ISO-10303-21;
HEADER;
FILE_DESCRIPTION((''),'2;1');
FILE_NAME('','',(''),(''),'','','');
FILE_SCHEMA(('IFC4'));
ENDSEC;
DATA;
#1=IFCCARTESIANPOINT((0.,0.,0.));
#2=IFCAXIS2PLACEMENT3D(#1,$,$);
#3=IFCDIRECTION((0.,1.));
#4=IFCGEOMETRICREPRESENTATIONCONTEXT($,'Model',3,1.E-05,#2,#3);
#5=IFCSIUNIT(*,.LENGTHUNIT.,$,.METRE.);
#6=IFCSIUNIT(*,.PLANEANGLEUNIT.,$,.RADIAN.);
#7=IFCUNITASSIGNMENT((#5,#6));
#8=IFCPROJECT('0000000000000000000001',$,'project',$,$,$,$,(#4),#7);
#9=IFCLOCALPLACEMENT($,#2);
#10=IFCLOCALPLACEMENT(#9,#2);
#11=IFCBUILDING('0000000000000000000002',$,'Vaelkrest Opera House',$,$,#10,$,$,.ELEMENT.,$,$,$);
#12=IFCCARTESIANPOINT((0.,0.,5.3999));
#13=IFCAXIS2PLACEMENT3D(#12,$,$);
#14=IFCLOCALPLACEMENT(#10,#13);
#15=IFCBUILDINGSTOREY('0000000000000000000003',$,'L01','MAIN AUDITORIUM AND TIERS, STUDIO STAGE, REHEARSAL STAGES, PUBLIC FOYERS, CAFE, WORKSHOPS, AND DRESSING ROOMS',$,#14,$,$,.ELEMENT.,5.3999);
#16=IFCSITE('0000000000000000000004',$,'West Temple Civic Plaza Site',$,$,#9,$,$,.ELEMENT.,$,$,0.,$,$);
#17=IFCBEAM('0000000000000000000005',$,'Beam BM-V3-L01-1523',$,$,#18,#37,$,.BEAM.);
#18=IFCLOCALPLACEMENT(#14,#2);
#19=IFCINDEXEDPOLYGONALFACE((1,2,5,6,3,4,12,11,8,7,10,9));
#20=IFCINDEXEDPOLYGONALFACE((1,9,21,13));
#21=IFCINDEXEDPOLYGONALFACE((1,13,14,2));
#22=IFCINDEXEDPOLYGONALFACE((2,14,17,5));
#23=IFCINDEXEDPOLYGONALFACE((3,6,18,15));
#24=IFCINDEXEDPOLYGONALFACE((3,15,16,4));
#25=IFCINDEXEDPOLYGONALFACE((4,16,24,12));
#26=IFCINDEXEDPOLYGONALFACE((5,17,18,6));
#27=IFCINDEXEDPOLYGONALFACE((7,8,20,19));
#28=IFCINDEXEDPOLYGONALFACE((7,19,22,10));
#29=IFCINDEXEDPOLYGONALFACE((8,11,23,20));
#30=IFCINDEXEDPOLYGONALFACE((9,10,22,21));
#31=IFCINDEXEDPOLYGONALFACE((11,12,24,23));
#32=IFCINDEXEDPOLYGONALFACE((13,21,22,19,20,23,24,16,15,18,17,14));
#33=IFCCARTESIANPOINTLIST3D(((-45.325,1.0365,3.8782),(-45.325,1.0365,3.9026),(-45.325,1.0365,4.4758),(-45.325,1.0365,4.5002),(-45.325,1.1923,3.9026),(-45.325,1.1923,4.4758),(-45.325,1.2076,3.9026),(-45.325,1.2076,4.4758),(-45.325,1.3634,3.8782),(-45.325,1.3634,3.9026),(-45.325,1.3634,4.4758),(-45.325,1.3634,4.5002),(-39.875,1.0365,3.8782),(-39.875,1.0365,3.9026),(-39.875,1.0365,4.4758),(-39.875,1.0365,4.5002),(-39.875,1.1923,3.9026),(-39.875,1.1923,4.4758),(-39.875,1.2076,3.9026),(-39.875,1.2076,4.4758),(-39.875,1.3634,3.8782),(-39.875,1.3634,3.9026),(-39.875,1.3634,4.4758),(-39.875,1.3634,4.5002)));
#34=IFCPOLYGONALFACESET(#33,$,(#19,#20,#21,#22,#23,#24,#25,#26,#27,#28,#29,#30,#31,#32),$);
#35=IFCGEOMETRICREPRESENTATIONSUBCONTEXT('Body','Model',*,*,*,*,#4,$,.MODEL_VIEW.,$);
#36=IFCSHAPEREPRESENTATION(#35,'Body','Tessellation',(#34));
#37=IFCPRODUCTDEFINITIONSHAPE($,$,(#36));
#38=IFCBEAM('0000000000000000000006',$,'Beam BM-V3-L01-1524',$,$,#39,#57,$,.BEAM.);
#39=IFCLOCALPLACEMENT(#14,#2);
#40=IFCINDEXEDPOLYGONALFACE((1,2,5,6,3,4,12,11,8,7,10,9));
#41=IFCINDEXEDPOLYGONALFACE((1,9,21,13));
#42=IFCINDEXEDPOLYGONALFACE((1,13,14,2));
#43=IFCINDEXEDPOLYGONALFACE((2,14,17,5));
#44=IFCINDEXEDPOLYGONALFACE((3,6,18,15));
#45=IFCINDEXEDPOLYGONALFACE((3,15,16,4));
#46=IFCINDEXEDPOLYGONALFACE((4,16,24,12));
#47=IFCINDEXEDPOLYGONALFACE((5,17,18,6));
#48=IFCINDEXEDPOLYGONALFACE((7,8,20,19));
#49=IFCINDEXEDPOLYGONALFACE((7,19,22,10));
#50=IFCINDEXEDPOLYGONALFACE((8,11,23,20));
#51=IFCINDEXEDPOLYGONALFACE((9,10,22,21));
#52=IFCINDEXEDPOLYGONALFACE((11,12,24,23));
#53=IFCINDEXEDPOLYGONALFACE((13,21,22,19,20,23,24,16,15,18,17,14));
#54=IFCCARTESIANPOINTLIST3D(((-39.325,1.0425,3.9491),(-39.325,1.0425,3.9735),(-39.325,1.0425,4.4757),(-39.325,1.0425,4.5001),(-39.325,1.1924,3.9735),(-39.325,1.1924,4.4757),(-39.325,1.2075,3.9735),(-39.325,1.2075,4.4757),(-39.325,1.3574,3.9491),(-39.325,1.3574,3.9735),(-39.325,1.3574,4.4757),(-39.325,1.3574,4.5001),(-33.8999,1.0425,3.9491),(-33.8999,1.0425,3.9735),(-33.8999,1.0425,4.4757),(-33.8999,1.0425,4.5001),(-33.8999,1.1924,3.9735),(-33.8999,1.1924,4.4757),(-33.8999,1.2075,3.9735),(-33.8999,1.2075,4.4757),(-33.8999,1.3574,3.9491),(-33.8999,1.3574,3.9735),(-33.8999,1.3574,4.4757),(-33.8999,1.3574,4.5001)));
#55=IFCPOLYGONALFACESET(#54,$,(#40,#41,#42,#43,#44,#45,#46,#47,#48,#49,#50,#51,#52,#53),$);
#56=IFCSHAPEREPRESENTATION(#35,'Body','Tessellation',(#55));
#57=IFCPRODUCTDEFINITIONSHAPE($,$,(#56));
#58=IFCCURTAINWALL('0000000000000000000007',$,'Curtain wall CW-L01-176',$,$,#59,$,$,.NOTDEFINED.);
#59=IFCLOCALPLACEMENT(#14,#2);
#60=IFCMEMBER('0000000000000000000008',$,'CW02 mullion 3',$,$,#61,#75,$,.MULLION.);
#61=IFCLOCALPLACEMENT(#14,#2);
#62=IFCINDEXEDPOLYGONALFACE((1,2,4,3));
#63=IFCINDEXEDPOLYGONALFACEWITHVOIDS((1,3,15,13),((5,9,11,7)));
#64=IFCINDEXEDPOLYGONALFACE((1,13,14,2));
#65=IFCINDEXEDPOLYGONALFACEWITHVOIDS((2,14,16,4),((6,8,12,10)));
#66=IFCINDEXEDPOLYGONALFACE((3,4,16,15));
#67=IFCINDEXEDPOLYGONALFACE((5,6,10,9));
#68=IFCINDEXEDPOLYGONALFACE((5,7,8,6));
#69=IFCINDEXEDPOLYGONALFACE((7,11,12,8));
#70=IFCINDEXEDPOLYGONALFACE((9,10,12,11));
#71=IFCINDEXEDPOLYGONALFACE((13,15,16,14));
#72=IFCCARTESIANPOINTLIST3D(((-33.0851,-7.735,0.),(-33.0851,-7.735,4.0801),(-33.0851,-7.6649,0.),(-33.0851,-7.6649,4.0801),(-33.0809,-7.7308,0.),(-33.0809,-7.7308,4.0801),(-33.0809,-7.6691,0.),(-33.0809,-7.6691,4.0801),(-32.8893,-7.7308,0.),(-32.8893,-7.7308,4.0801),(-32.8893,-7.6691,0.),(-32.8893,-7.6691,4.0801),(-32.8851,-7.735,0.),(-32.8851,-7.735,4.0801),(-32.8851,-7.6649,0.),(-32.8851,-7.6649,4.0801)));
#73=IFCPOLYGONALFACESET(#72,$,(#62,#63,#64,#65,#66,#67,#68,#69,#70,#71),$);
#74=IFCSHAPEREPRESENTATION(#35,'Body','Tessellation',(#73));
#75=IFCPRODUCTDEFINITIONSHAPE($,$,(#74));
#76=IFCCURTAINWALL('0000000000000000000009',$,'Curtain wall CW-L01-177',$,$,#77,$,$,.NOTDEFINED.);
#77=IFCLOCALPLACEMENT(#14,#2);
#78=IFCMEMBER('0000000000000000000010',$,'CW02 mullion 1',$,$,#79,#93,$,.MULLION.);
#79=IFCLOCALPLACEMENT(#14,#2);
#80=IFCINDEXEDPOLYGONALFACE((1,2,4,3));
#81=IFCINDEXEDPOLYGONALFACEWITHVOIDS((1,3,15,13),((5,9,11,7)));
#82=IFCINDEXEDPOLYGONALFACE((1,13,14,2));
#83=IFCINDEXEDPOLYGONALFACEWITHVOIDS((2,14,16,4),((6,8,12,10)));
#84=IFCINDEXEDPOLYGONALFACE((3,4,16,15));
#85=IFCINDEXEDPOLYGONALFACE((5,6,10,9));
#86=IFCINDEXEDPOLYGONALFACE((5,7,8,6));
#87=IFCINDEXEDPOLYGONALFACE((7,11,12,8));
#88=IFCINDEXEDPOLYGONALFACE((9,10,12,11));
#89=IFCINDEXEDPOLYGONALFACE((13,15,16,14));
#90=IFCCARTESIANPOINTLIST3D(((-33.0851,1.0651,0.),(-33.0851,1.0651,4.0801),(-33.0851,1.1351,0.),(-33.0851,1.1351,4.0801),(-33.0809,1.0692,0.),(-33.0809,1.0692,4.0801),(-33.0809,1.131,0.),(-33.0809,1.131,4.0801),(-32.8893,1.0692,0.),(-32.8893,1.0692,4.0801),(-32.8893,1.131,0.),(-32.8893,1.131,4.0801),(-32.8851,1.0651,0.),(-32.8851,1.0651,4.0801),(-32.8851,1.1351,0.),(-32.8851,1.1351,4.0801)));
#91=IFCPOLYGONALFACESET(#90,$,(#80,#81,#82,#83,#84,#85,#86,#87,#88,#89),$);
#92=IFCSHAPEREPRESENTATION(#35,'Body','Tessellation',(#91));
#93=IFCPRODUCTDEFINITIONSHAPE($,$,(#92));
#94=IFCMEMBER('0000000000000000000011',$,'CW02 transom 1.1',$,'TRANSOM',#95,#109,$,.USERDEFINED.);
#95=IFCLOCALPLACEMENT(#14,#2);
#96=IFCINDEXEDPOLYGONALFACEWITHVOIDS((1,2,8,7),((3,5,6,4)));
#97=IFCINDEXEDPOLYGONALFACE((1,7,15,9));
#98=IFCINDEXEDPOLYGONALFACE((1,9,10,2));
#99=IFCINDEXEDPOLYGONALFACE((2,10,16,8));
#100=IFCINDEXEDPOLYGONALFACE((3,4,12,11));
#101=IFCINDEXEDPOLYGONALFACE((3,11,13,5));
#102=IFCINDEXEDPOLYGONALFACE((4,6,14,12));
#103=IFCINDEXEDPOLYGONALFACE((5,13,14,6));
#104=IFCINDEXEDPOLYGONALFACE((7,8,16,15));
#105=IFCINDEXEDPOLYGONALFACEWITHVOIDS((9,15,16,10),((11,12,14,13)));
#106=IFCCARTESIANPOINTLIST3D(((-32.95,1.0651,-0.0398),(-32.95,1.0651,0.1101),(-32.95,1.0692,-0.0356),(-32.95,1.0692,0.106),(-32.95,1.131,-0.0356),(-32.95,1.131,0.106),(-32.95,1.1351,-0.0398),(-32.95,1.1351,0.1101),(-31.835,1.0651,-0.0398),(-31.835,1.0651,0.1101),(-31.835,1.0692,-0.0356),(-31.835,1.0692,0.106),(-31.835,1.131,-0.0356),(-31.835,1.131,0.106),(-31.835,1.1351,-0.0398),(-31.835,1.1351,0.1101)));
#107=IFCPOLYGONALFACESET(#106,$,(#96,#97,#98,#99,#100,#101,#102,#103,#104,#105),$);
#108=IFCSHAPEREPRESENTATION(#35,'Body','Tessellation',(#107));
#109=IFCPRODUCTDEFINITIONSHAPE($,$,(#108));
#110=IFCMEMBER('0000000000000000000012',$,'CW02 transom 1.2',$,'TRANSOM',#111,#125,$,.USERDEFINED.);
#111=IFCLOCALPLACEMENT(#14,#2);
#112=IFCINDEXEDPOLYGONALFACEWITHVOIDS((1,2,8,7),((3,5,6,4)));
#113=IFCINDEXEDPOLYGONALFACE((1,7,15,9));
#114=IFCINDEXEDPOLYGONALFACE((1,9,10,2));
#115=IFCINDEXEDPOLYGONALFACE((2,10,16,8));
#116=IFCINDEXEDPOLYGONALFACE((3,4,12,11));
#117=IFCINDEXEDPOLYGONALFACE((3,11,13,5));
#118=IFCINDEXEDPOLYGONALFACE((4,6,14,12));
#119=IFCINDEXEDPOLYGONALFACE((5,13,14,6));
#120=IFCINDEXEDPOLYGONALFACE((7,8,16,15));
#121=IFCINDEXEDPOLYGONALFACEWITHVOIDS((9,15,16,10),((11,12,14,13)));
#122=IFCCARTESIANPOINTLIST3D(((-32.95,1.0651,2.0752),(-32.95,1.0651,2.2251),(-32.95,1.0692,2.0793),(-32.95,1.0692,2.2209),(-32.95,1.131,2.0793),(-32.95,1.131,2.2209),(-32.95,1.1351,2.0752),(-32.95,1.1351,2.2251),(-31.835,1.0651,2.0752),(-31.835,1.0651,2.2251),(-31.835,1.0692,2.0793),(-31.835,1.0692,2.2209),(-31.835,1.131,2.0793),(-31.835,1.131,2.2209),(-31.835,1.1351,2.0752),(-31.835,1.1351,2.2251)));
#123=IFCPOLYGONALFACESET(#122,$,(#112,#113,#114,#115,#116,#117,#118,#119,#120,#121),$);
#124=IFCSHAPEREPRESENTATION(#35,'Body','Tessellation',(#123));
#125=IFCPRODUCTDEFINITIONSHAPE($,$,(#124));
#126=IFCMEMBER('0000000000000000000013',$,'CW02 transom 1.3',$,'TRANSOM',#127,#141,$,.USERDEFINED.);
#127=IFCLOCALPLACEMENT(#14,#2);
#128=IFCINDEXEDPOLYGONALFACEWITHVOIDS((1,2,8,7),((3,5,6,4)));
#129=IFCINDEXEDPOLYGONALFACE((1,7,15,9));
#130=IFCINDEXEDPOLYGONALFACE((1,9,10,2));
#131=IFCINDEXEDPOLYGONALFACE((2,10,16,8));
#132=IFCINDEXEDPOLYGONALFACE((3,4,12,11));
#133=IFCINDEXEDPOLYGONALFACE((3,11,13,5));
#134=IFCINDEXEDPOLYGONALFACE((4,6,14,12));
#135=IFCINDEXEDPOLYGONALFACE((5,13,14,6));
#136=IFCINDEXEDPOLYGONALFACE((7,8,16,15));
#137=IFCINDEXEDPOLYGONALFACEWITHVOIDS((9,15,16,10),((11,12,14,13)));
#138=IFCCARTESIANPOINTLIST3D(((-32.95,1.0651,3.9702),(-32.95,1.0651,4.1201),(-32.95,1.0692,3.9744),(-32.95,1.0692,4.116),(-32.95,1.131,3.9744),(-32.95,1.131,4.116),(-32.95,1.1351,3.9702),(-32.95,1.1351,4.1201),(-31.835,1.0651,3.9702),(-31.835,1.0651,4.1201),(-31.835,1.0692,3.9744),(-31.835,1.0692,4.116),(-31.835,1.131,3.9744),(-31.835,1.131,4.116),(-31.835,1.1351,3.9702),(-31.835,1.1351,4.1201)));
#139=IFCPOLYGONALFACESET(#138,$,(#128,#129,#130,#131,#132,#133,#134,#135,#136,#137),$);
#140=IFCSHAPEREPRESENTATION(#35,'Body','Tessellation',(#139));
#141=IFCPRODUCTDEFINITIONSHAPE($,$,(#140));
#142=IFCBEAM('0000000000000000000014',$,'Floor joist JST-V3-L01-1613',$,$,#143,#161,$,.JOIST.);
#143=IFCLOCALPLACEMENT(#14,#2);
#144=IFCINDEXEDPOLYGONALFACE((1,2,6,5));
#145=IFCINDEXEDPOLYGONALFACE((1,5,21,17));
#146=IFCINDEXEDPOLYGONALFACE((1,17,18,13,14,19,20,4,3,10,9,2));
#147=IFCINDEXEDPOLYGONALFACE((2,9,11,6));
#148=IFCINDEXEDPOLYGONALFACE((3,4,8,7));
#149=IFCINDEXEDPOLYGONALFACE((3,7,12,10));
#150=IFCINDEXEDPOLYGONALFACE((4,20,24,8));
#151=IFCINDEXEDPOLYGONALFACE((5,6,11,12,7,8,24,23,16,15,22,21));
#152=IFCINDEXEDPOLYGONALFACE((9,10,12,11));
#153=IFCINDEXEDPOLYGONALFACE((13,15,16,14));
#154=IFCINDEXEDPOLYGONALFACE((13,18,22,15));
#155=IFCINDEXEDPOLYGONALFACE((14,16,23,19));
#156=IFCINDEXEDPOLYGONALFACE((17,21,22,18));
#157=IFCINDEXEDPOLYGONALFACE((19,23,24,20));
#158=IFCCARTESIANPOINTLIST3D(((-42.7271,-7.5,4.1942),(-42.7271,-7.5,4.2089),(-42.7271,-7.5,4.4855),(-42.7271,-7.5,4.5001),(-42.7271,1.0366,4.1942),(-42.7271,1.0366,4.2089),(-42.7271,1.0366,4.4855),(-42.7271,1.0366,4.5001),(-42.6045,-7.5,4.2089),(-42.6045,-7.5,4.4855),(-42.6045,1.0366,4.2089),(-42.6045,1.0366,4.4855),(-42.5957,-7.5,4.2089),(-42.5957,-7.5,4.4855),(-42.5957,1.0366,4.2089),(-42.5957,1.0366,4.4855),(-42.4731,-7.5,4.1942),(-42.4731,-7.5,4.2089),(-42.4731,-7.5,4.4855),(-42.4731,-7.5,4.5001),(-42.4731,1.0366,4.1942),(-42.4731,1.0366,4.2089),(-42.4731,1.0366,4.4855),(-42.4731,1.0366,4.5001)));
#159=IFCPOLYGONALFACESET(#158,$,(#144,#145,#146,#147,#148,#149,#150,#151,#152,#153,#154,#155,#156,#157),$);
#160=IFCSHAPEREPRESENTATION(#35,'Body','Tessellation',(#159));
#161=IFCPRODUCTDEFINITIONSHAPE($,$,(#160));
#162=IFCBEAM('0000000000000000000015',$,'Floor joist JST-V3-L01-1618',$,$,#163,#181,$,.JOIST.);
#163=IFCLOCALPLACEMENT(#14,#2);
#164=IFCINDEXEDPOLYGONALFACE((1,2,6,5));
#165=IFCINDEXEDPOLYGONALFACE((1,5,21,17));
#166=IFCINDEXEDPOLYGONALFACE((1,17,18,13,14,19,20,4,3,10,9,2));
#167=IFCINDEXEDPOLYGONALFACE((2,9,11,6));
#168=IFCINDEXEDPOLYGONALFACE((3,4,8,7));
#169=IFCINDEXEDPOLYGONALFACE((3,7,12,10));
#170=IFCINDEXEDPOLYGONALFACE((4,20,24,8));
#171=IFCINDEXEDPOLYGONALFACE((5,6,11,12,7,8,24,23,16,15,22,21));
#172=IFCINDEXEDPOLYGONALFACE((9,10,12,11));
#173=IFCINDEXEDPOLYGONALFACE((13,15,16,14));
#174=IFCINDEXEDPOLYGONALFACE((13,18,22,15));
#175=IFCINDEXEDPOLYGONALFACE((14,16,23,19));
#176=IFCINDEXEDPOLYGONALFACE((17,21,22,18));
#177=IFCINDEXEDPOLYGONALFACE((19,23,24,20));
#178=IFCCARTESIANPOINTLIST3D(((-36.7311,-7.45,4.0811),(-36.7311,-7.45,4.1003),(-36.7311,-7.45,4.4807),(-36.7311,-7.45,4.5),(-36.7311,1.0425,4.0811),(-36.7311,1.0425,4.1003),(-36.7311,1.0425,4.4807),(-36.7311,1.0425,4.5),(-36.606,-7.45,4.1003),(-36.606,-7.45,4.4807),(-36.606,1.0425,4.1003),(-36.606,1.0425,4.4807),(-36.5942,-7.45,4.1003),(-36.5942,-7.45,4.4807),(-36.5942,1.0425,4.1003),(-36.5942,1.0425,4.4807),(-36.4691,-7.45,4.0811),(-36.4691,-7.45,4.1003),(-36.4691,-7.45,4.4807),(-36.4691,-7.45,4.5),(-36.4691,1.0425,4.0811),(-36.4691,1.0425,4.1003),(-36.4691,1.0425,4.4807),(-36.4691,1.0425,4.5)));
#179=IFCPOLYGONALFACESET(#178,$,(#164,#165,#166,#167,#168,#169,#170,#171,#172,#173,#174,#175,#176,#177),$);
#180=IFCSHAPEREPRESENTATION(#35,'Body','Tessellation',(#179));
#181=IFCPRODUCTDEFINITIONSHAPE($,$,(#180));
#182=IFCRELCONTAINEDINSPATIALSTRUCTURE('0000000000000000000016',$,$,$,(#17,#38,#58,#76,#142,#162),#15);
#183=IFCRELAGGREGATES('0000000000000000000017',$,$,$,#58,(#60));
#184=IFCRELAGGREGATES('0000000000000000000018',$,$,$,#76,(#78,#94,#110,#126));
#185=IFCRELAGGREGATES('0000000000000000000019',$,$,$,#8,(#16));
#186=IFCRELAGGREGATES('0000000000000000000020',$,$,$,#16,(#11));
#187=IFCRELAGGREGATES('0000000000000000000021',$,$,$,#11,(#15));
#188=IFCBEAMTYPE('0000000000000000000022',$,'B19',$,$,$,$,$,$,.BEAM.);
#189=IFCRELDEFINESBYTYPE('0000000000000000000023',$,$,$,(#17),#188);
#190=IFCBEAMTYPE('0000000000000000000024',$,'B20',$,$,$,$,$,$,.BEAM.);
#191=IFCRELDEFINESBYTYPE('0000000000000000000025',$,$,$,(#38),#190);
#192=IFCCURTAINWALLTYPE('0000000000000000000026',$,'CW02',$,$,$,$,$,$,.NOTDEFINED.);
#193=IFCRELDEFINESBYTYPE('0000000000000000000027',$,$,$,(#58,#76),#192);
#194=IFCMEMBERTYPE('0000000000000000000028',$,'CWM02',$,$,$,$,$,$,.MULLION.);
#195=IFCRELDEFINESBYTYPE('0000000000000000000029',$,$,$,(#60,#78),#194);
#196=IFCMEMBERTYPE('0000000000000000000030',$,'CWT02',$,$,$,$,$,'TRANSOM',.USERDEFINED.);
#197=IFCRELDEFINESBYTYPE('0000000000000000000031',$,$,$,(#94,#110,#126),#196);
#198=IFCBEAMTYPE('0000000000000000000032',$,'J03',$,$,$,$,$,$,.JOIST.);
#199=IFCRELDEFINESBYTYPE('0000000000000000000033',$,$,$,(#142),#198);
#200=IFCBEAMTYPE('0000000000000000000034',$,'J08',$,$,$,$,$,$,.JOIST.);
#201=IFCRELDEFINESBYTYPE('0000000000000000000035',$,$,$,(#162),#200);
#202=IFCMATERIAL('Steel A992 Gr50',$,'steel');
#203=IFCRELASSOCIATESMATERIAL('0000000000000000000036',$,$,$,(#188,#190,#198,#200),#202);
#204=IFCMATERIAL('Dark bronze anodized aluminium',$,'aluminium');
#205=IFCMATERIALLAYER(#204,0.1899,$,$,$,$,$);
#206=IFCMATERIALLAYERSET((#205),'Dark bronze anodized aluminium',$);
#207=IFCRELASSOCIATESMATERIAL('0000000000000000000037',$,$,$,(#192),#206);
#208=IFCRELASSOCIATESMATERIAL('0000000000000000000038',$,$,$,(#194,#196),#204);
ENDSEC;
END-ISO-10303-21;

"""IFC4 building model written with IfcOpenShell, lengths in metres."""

from ifc_helpers import new_model, si_unit, direction, frame, origin, origin_2d, place, context, subcontext, project, spatial, hollow_rectangle, i_section, extrude, material, layer, layer_set, material_profile, profile_set, type_object, element, aggregate, save


model = new_model("IFC4")

# Units and contexts
model_context = context("Model", 3, precision=1e-05, world=origin(), true_north=direction((0.0, 1.0)))
body_context = subcontext(model_context, "Body", "Model", "MODEL_VIEW")
ifc_project = project(units=[si_unit("LENGTHUNIT", "METRE"), si_unit("PLANEANGLEUNIT", "RADIAN")], contexts=[model_context])

# Site, building, storey
site_placement = place(None, origin())
site = spatial("IfcSite", under=ifc_project, at=site_placement, Name="West Temple Civic Plaza Site", CompositionType="ELEMENT", RefElevation=0.0)
building_placement = place(site_placement, origin())
building = spatial("IfcBuilding", under=site, at=building_placement, Name="Vaelkrest Opera House", CompositionType="ELEMENT")
storey_placement = place(building_placement, frame((0.0, 0.0, 5.3999)))
storey = spatial("IfcBuildingStorey", under=building, at=storey_placement, Name="L01", Description="MAIN AUDITORIUM AND TIERS, STUDIO STAGE, REHEARSAL STAGES, PUBLIC FOYERS, CAFE, WORKSHOPS, AND DRESSING ROOMS", CompositionType="ELEMENT", Elevation=5.3999)

# Beams
ifc_material_1 = material(Name="Steel A992 Gr50", Category="steel")
ifc_material_profile_1 = material_profile(ifc_material_1, i_section(OverallWidth=0.3269, OverallDepth=0.6221, WebThickness=0.0154, FlangeThickness=0.0244, at=origin_2d()), Name="W24X131")
ifc_profile_set_1 = profile_set([ifc_material_profile_1], Name="Steel A992 Gr50")
beam_type_1 = type_object("IfcBeamType", Name="B19", PredefinedType="BEAM", material=ifc_profile_set_1)
beam_1_placement = place(storey_placement, frame((-45.325, 1.2, 4.1892), z_axis=(1.0, 0.0, 0.0), x_axis=(0.0, 1.0, 0.0)))
element("IfcBeam", 1, at=beam_1_placement, inside=storey, type_object=beam_type_1, Name="Beam BM-V3-L01-1523", PredefinedType="BEAM", context=body_context, shape_type="SweptSolid", body=[
    extrude(i_section(OverallWidth=0.3269, OverallDepth=0.6221, WebThickness=0.0154, FlangeThickness=0.0244, at=origin_2d()), origin(), (0.0, 0.0, 1.0), 5.45),
])
ifc_material_profile_2 = material_profile(ifc_material_1, i_section(OverallWidth=0.3149, OverallDepth=0.551, WebThickness=0.0151, FlangeThickness=0.0244, at=origin_2d()), Name="W21X122")
ifc_profile_set_2 = profile_set([ifc_material_profile_2], Name="Steel A992 Gr50")
beam_type_2 = type_object("IfcBeamType", Name="B20", PredefinedType="BEAM", material=ifc_profile_set_2)
beam_2_placement = place(storey_placement, frame((-39.325, 1.2, 4.2246), z_axis=(1.0, 0.0, 0.0), x_axis=(0.0, 1.0, 0.0)))
element("IfcBeam", 2, at=beam_2_placement, inside=storey, type_object=beam_type_2, Name="Beam BM-V3-L01-1524", PredefinedType="BEAM", context=body_context, shape_type="SweptSolid", body=[
    extrude(i_section(OverallWidth=0.3149, OverallDepth=0.551, WebThickness=0.0151, FlangeThickness=0.0244, at=origin_2d()), origin(), (0.0, 0.0, 1.0), 5.425),
])

# Curtain wall, member
ifc_material_2 = material(Name="Dark bronze anodized aluminium", Category="aluminium")
ifc_layer_1 = layer(ifc_material_2, 0.1899)
ifc_layer_set_1 = layer_set([ifc_layer_1], Name="Dark bronze anodized aluminium")
curtain_wall_type = type_object("IfcCurtainWallType", Name="CW02", PredefinedType="NOTDEFINED", material=ifc_layer_set_1)
curtain_wall_1_placement = place(storey_placement, origin())
curtain_wall_1 = element("IfcCurtainWall", 3, at=curtain_wall_1_placement, inside=storey, type_object=curtain_wall_type, Name="Curtain wall CW-L01-176", PredefinedType="NOTDEFINED")
ifc_material_profile_3 = material_profile(ifc_material_2, hollow_rectangle(XDim=0.0701, YDim=0.2, WallThickness=0.0042, at=origin_2d()), Name="CWM70X200")
ifc_profile_set_3 = profile_set([ifc_material_profile_3], Name="Dark bronze anodized aluminium")
member_type_1 = type_object("IfcMemberType", Name="CWM02", PredefinedType="MULLION", material=ifc_profile_set_3)
member_1_placement = place(storey_placement, frame((-32.9851, -7.7, 0.0), z_axis=(0.0, 0.0, 1.0), x_axis=(0.0, -1.0, 0.0)))
member_1 = element("IfcMember", 4, at=member_1_placement, type_object=member_type_1, Name="CW02 mullion 3", PredefinedType="MULLION", context=body_context, shape_type="SweptSolid", body=[
    extrude(hollow_rectangle(XDim=0.0701, YDim=0.2, WallThickness=0.0042, at=origin_2d()), origin(), (0.0, 0.0, 1.0), 4.0801),
])

# Curtain wall, members
curtain_wall_2_placement = place(storey_placement, origin())
curtain_wall_2 = element("IfcCurtainWall", 5, at=curtain_wall_2_placement, inside=storey, type_object=curtain_wall_type, Name="Curtain wall CW-L01-177", PredefinedType="NOTDEFINED")
member_2_placement = place(storey_placement, frame((-32.9851, 1.1001, 0.0), z_axis=(0.0, 0.0, 1.0), x_axis=(0.0, 1.0, 0.0)))
member_2 = element("IfcMember", 6, at=member_2_placement, type_object=member_type_1, Name="CW02 mullion 1", PredefinedType="MULLION", context=body_context, shape_type="SweptSolid", body=[
    extrude(hollow_rectangle(XDim=0.0701, YDim=0.2, WallThickness=0.0042, at=origin_2d()), origin(), (0.0, 0.0, 1.0), 4.0801),
])
ifc_material_profile_4 = material_profile(ifc_material_2, hollow_rectangle(XDim=0.0701, YDim=0.1499, WallThickness=0.0042, at=origin_2d()), Name="CWT70X150")
ifc_profile_set_4 = profile_set([ifc_material_profile_4], Name="Dark bronze anodized aluminium")
member_type_2 = type_object("IfcMemberType", Name="CWT02", ElementType="TRANSOM", PredefinedType="USERDEFINED", material=ifc_profile_set_4)
member_3_placement = place(storey_placement, frame((-32.95, 1.1001, 0.0352), z_axis=(1.0, 0.0, 0.0), x_axis=(0.0, 1.0, 0.0)))
member_3 = element("IfcMember", 7, at=member_3_placement, type_object=member_type_2, Name="CW02 transom 1.1", ObjectType="TRANSOM", PredefinedType="USERDEFINED", context=body_context, shape_type="SweptSolid", body=[
    extrude(hollow_rectangle(XDim=0.0701, YDim=0.1499, WallThickness=0.0042, at=origin_2d()), origin(), (0.0, 0.0, 1.0), 1.115),
])
member_4_placement = place(storey_placement, frame((-32.95, 1.1001, 2.1501), z_axis=(1.0, 0.0, 0.0), x_axis=(0.0, 1.0, 0.0)))
member_4 = element("IfcMember", 8, at=member_4_placement, type_object=member_type_2, Name="CW02 transom 1.2", ObjectType="TRANSOM", PredefinedType="USERDEFINED", context=body_context, shape_type="SweptSolid", body=[
    extrude(hollow_rectangle(XDim=0.0701, YDim=0.1499, WallThickness=0.0042, at=origin_2d()), origin(), (0.0, 0.0, 1.0), 1.115),
])
member_5_placement = place(storey_placement, frame((-32.95, 1.1001, 4.0452), z_axis=(1.0, 0.0, 0.0), x_axis=(0.0, 1.0, 0.0)))
member_5 = element("IfcMember", 9, at=member_5_placement, type_object=member_type_2, Name="CW02 transom 1.3", ObjectType="TRANSOM", PredefinedType="USERDEFINED", context=body_context, shape_type="SweptSolid", body=[
    extrude(hollow_rectangle(XDim=0.0701, YDim=0.1499, WallThickness=0.0042, at=origin_2d()), origin(), (0.0, 0.0, 1.0), 1.115),
])

# Beams
ifc_material_profile_5 = material_profile(ifc_material_1, i_section(OverallWidth=0.2539, OverallDepth=0.3059, WebThickness=0.0088, FlangeThickness=0.0146, at=origin_2d()), Name="W12X53")
ifc_profile_set_5 = profile_set([ifc_material_profile_5], Name="Steel A992 Gr50")
beam_type_3 = type_object("IfcBeamType", Name="J03", PredefinedType="JOIST", material=ifc_profile_set_5)
beam_3_placement = place(storey_placement, frame((-42.6001, -7.5, 4.3472), z_axis=(0.0, 1.0, 0.0), x_axis=(-1.0, 0.0, 0.0)))
element("IfcBeam", 10, at=beam_3_placement, inside=storey, type_object=beam_type_3, Name="Floor joist JST-V3-L01-1613", PredefinedType="JOIST", context=body_context, shape_type="SweptSolid", body=[
    extrude(i_section(OverallWidth=0.2539, OverallDepth=0.3059, WebThickness=0.0088, FlangeThickness=0.0146, at=origin_2d()), origin(), (0.0, 0.0, 1.0), 8.5366),
])
ifc_material_profile_6 = material_profile(ifc_material_1, i_section(OverallWidth=0.262, OverallDepth=0.4189, WebThickness=0.0117, FlangeThickness=0.0193, at=origin_2d()), Name="W16X77")
ifc_profile_set_6 = profile_set([ifc_material_profile_6], Name="Steel A992 Gr50")
beam_type_4 = type_object("IfcBeamType", Name="J08", PredefinedType="JOIST", material=ifc_profile_set_6)
beam_4_placement = place(storey_placement, frame((-36.6001, -7.45, 4.2905), z_axis=(0.0, 1.0, 0.0), x_axis=(-1.0, 0.0, 0.0)))
element("IfcBeam", 11, at=beam_4_placement, inside=storey, type_object=beam_type_4, Name="Floor joist JST-V3-L01-1618", PredefinedType="JOIST", context=body_context, shape_type="SweptSolid", body=[
    extrude(i_section(OverallWidth=0.262, OverallDepth=0.4189, WebThickness=0.0117, FlangeThickness=0.0193, at=origin_2d()), origin(), (0.0, 0.0, 1.0), 8.4924),
])

aggregate(curtain_wall_1, [member_1])
aggregate(curtain_wall_2, [member_2, member_3, member_4, member_5])

save(model, "model.ifc")
